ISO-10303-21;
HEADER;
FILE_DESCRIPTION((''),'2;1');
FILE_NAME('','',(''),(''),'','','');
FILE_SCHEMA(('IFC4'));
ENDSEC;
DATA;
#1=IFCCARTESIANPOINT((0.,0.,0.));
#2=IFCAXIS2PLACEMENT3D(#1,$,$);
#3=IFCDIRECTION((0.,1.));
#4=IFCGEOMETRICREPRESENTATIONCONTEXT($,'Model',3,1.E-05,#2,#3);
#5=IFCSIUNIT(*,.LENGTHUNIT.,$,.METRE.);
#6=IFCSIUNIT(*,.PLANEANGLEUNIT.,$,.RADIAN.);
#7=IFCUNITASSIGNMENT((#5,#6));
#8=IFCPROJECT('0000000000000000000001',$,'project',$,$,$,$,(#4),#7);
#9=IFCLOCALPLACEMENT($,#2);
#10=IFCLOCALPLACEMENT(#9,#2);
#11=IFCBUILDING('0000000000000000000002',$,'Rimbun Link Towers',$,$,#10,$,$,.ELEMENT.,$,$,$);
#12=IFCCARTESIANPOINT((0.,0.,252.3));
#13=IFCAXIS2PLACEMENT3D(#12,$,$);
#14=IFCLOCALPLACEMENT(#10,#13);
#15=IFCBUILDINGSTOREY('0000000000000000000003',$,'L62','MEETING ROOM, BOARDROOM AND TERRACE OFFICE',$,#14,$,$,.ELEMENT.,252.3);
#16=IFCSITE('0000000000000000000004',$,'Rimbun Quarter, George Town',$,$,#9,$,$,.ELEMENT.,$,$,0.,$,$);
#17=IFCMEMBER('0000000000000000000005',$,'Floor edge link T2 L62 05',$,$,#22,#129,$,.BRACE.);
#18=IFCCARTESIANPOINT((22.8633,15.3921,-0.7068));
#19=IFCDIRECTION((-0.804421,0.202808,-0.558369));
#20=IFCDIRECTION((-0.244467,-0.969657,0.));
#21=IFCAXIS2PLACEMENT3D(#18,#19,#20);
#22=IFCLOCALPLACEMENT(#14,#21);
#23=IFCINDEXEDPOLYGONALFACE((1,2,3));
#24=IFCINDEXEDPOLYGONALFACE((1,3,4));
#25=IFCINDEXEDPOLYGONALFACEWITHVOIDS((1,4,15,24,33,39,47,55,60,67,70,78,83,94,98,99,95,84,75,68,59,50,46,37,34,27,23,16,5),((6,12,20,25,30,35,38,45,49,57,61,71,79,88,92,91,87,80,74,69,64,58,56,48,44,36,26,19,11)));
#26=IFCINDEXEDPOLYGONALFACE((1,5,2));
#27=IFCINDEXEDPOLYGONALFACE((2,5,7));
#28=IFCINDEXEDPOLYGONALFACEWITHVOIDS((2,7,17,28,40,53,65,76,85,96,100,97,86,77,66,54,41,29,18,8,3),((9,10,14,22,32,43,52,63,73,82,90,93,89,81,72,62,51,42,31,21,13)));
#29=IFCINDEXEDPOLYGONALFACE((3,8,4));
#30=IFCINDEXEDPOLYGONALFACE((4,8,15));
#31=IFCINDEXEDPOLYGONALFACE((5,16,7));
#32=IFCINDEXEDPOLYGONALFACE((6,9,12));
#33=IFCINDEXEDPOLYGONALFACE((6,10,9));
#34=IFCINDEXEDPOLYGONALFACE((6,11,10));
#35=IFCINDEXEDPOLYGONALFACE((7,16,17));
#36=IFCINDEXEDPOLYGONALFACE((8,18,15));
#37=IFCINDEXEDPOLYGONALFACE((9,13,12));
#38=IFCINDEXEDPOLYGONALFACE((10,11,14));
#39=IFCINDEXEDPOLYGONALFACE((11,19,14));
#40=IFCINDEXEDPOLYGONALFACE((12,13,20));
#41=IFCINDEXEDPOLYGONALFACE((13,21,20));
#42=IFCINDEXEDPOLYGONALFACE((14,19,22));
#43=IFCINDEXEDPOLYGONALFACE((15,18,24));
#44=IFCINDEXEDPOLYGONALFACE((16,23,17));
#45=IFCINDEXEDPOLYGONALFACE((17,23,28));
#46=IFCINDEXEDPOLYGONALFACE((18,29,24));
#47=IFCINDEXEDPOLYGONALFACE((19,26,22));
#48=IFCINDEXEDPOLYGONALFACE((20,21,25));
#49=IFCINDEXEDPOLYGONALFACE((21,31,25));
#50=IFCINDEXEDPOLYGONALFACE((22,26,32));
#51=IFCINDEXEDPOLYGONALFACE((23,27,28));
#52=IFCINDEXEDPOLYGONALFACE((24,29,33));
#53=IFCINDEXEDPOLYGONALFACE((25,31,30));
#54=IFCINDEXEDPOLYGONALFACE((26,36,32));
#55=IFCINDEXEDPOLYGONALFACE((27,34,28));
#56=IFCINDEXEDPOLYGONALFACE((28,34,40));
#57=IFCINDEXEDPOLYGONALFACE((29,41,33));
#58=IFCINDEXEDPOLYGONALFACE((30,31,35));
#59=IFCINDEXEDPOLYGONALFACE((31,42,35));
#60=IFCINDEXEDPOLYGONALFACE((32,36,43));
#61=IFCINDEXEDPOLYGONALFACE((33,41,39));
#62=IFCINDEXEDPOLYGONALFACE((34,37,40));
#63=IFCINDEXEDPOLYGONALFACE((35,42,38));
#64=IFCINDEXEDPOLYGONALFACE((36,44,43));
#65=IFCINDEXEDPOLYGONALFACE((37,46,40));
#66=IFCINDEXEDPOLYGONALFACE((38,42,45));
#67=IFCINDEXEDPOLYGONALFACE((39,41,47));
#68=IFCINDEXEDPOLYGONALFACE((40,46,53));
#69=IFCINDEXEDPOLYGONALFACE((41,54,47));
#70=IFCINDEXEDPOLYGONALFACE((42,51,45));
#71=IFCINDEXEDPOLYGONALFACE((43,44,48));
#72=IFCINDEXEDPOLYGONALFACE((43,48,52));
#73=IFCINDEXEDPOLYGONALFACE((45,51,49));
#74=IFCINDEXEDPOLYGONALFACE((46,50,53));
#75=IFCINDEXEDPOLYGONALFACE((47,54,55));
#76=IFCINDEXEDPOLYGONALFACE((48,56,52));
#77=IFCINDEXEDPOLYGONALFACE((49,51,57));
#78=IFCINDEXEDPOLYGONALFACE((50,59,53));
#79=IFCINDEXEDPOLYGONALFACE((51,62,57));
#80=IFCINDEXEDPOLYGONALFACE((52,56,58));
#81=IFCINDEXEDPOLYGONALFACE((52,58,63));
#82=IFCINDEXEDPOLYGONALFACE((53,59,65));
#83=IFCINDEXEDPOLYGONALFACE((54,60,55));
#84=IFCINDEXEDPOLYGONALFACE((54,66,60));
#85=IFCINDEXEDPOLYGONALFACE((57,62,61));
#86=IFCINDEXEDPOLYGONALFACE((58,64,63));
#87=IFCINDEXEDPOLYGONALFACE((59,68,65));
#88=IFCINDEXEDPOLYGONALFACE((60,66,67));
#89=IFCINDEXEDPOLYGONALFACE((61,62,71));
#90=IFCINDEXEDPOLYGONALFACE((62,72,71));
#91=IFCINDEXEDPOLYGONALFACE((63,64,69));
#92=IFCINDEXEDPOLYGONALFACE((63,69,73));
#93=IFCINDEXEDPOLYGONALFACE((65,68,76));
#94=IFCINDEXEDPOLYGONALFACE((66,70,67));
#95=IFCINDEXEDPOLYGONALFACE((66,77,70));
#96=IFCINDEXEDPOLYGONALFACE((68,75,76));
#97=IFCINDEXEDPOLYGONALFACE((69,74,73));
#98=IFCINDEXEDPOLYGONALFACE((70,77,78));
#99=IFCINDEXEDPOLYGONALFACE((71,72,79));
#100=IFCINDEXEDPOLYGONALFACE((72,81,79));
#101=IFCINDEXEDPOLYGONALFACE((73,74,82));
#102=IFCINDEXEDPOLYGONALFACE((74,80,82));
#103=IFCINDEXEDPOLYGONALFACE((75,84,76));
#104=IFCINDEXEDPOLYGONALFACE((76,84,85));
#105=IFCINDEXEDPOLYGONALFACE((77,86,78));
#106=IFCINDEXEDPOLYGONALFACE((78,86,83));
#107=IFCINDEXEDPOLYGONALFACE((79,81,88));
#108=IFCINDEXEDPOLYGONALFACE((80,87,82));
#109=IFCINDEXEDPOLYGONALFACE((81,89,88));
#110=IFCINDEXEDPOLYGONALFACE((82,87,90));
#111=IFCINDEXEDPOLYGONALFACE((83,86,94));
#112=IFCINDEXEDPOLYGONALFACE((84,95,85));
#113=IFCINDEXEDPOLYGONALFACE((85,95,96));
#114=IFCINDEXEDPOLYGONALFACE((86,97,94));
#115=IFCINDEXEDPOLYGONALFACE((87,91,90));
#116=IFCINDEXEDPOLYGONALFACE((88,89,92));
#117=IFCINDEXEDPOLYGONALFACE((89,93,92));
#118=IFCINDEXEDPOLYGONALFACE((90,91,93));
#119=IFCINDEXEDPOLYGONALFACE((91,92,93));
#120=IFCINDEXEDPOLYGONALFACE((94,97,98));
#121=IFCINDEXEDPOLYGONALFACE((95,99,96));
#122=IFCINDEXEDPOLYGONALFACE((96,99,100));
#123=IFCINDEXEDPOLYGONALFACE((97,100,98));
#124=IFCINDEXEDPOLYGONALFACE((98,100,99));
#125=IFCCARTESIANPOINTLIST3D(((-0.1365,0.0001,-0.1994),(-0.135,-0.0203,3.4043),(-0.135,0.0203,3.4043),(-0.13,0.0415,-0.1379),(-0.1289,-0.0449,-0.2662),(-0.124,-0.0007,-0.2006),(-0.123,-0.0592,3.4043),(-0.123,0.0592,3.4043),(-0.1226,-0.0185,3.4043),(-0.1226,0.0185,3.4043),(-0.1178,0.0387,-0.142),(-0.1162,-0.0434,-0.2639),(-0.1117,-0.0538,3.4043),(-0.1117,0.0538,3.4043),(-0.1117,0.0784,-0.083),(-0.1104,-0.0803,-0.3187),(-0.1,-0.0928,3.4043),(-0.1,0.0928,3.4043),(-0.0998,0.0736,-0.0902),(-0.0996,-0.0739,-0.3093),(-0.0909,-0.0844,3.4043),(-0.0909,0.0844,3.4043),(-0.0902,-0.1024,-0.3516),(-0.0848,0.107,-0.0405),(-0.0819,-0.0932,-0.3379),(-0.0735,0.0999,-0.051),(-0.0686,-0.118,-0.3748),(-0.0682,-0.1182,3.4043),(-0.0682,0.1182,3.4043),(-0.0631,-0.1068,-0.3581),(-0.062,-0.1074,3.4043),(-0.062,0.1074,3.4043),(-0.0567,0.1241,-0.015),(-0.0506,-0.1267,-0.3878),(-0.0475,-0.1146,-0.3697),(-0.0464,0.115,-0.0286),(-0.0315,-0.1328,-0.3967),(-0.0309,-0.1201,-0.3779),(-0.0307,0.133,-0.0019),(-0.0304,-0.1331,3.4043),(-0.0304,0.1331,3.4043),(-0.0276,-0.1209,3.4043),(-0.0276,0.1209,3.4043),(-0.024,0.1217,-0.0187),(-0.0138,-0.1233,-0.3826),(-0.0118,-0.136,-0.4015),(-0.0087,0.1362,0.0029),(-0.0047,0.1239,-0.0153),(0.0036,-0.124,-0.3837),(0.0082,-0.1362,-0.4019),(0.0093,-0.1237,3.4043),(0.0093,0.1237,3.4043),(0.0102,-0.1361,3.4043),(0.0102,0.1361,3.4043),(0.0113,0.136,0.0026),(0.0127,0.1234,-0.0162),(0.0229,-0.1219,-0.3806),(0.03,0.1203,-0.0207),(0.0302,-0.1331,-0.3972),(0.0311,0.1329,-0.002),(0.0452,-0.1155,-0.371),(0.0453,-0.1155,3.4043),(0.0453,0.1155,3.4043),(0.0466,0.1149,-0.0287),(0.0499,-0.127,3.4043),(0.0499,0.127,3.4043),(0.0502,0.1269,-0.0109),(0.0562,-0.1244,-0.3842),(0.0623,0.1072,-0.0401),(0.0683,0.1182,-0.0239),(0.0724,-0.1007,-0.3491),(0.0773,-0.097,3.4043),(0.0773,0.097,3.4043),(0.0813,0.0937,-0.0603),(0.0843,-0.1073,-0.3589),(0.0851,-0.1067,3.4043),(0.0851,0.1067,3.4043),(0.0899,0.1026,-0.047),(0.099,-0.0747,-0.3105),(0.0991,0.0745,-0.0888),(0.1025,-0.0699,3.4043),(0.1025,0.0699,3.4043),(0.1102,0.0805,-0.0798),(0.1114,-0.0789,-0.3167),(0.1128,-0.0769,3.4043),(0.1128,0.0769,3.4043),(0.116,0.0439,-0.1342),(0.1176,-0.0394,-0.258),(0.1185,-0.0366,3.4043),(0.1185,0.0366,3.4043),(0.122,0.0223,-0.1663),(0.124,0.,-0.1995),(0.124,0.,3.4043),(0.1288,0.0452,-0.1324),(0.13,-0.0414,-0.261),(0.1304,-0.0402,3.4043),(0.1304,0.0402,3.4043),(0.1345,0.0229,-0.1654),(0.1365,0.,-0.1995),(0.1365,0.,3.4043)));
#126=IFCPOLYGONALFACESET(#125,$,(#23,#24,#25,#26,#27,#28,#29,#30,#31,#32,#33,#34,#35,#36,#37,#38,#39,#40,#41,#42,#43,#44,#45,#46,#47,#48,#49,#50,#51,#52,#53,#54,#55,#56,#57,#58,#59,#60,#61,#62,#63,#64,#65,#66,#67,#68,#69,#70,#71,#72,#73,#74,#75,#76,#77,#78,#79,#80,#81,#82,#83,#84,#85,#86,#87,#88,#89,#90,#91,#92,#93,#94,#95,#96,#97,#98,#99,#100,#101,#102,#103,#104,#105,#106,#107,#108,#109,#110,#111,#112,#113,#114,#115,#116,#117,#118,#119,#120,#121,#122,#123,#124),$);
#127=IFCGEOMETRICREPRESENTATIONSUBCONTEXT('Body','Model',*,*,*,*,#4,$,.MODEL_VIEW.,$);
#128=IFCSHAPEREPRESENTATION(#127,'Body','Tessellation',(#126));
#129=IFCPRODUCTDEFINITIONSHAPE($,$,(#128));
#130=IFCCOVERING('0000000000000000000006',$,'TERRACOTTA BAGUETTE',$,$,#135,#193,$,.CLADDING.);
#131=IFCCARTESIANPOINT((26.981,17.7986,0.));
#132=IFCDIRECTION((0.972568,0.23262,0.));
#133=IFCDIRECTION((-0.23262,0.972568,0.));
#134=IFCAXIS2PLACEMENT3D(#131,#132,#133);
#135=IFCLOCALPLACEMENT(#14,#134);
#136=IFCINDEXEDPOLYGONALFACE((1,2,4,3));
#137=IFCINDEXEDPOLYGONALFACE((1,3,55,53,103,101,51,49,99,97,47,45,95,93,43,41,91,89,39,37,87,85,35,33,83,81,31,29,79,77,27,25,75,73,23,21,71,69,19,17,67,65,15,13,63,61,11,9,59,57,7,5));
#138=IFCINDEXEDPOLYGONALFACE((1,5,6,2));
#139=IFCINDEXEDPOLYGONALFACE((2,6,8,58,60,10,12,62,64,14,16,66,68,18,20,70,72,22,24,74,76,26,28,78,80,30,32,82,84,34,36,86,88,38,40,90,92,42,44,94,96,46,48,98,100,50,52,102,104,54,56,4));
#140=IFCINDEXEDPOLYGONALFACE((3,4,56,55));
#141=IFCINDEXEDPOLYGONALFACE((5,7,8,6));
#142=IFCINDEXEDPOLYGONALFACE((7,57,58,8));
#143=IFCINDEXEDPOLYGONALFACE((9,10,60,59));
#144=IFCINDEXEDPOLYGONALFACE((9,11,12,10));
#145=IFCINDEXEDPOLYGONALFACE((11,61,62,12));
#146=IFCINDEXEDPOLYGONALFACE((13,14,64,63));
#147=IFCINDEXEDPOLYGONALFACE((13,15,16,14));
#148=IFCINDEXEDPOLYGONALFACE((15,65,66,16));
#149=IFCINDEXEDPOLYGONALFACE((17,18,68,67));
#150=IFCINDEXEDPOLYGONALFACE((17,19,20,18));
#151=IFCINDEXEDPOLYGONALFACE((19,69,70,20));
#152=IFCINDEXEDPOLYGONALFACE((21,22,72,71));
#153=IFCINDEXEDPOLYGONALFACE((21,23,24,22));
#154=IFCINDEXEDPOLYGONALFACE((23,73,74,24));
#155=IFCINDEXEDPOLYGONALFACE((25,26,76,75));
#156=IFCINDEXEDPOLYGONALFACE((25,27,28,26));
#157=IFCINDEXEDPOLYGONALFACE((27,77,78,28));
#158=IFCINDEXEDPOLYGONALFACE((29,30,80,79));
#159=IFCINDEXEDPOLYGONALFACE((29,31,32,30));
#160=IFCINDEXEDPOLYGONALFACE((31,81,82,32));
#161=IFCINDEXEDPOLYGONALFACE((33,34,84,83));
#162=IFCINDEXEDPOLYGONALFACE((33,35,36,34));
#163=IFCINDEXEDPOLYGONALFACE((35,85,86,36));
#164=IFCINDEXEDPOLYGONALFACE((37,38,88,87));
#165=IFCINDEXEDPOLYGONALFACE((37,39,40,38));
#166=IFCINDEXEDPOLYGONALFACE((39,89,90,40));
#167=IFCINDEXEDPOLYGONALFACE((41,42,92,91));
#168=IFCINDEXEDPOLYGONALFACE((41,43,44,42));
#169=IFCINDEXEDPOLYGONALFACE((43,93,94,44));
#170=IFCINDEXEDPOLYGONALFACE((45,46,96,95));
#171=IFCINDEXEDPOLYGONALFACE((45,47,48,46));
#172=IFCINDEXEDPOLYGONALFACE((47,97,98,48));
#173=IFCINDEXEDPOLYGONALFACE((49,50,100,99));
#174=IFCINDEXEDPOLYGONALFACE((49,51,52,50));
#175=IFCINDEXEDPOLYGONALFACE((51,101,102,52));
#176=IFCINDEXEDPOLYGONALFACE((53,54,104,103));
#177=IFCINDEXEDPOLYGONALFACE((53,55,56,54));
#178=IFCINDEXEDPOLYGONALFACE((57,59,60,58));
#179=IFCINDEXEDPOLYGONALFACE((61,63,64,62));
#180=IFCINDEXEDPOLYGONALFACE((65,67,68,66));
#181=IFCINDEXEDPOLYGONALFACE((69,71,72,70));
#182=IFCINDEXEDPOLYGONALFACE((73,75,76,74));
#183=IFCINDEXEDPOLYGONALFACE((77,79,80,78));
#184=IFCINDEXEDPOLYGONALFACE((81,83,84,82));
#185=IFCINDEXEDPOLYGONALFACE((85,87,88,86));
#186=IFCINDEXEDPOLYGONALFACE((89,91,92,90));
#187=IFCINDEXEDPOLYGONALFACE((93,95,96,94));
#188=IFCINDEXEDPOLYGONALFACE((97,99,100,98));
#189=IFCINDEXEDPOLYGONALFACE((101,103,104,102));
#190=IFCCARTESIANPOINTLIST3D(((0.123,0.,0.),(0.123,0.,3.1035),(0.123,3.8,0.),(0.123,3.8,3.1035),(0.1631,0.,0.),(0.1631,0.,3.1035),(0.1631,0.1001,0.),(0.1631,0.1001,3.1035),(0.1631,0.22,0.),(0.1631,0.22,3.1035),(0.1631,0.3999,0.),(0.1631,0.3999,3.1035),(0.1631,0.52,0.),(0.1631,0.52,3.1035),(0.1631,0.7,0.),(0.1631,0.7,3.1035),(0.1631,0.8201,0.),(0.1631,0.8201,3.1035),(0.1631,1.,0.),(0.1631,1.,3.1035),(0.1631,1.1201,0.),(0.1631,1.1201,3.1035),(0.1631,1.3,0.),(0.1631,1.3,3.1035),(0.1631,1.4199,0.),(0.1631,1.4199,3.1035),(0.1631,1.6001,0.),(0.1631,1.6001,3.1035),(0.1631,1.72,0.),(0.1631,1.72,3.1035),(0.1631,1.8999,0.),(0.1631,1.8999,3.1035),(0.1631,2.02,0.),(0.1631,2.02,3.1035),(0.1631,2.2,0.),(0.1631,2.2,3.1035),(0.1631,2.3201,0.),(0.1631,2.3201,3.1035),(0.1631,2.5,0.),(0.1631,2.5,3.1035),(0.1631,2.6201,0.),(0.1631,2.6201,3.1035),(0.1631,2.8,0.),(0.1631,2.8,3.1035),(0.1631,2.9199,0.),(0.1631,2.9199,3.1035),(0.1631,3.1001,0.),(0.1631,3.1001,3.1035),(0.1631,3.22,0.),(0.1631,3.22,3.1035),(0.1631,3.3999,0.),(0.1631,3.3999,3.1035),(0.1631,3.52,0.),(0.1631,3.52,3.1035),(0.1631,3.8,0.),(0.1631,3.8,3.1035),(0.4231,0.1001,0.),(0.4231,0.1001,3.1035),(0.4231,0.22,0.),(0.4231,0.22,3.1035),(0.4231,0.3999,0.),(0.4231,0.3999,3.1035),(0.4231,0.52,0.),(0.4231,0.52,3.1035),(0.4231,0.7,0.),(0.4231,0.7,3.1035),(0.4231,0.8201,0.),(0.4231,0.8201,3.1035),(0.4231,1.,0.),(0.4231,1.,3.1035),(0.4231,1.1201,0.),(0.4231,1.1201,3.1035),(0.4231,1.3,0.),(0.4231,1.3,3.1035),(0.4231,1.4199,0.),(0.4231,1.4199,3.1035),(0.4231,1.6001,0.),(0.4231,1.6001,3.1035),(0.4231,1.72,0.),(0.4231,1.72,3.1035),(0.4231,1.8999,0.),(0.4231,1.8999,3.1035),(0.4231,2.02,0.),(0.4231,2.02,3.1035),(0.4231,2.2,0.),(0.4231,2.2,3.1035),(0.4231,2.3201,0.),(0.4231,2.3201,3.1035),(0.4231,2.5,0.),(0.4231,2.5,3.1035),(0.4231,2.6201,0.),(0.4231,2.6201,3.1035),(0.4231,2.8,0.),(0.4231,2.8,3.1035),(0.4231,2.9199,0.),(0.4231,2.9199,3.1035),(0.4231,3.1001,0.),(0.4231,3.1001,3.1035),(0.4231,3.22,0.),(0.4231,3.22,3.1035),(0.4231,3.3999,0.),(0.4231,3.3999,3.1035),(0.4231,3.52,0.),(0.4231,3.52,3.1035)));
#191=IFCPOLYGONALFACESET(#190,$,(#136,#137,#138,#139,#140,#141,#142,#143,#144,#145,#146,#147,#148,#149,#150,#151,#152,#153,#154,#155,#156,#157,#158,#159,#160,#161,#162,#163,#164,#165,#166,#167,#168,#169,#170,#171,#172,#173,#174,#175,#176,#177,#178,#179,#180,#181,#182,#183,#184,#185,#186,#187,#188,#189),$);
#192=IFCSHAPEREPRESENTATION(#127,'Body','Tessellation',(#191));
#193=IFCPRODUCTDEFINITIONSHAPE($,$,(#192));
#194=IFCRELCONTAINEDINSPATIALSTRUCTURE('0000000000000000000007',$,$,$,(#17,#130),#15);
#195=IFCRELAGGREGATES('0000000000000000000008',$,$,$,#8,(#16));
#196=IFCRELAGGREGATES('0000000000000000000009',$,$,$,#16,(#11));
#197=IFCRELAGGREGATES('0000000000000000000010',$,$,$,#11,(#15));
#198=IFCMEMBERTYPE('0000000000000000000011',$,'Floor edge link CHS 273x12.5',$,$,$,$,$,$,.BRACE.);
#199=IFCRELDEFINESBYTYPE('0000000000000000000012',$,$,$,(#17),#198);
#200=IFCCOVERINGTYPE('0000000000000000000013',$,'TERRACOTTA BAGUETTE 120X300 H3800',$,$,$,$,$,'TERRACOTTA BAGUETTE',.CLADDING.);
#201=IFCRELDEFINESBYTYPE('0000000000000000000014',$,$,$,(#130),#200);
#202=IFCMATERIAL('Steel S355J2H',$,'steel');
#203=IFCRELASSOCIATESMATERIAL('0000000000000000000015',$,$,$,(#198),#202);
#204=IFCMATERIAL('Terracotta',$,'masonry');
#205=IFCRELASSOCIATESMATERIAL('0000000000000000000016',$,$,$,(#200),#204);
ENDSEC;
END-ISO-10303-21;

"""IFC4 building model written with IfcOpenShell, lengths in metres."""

from ifc_helpers import new_model, si_unit, direction, frame, origin, origin_2d, place, context, subcontext, project, spatial, polyline, hollow_circle, outline, extrude, clip, halfspace, material, material_profile, profile_set, type_object, element, save


model = new_model("IFC4")

# Units and contexts
model_context = context("Model", 3, precision=1e-05, world=origin(), true_north=direction((0.0, 1.0)))
body_context = subcontext(model_context, "Body", "Model", "MODEL_VIEW")
ifc_project = project(units=[si_unit("LENGTHUNIT", "METRE"), si_unit("PLANEANGLEUNIT", "RADIAN")], contexts=[model_context])

# Site, building, storey
site_placement = place(None, origin())
site = spatial("IfcSite", under=ifc_project, at=site_placement, Name="Rimbun Quarter, George Town", CompositionType="ELEMENT", RefElevation=0.0)
building_placement = place(site_placement, origin())
building = spatial("IfcBuilding", under=site, at=building_placement, Name="Rimbun Link Towers", CompositionType="ELEMENT")
storey_placement = place(building_placement, frame((0.0, 0.0, 252.3)))
storey = spatial("IfcBuildingStorey", under=building, at=storey_placement, Name="L62", Description="MEETING ROOM, BOARDROOM AND TERRACE OFFICE", CompositionType="ELEMENT", Elevation=252.3)

# Member
ifc_material_1 = material(Name="Steel S355J2H", Category="steel")
ifc_material_profile_1 = material_profile(ifc_material_1, hollow_circle(Radius=0.1365, WallThickness=0.0125, at=origin_2d()), Name="CHS 273x12.5")
ifc_profile_set_1 = profile_set([ifc_material_profile_1], Name="Steel S355J2H")
member_type_1 = type_object("IfcMemberType", Name="Floor edge link CHS 273x12.5", PredefinedType="BRACE", material=ifc_profile_set_1)
member_1_placement = place(storey_placement, frame((22.8633, 15.3921, -0.7068), z_axis=(-0.804421, 0.202808, -0.558369), x_axis=(-0.244467, -0.969657, 0.0)))
element("IfcMember", 1, at=member_1_placement, inside=storey, type_object=member_type_1, Name="Floor edge link T2 L62 05", PredefinedType="BRACE", context=body_context, shape_type="Clipping", body=[
    clip(extrude(hollow_circle(Radius=0.1365, WallThickness=0.0125, at=origin_2d()), frame((0.0, 0.0, -0.4236)), (0.0, 0.0, 1.0), 3.8279), halfspace(frame((0.0, 0.0, -0.1995), z_axis=(0.0, 0.829593, -0.558369)), False)),
])

# Covering
ifc_material_2 = material(Name="Terracotta", Category="masonry")
ifc_material_profile_2 = material_profile(ifc_material_2, outline(polyline([(0.123, 0.0), (0.1631, 0.0), (0.1631, 0.1001), (0.4231, 0.1001), (0.4231, 0.22), (0.1631, 0.22), (0.1631, 0.3999), (0.4231, 0.3999), (0.4231, 0.52), (0.1631, 0.52), (0.1631, 0.7), (0.4231, 0.7), (0.4231, 0.8201), (0.1631, 0.8201), (0.1631, 1.0), (0.4231, 1.0), (0.4231, 1.1201), (0.1631, 1.1201), (0.1631, 1.3), (0.4231, 1.3), (0.4231, 1.4199), (0.1631, 1.4199), (0.1631, 1.6001), (0.4231, 1.6001), (0.4231, 1.72), (0.1631, 1.72), (0.1631, 1.8999), (0.4231, 1.8999), (0.4231, 2.02), (0.1631, 2.02), (0.1631, 2.2), (0.4231, 2.2), (0.4231, 2.3201), (0.1631, 2.3201), (0.1631, 2.5), (0.4231, 2.5), (0.4231, 2.6201), (0.1631, 2.6201), (0.1631, 2.8), (0.4231, 2.8), (0.4231, 2.9199), (0.1631, 2.9199), (0.1631, 3.1001), (0.4231, 3.1001), (0.4231, 3.22), (0.1631, 3.22), (0.1631, 3.3999), (0.4231, 3.3999), (0.4231, 3.52), (0.1631, 3.52), (0.1631, 3.8), (0.123, 3.8), (0.123, 0.0)])), Name="BAGUETTE 120X300")
ifc_profile_set_2 = profile_set([ifc_material_profile_2], Name="Terracotta")
covering_type = type_object("IfcCoveringType", Name="TERRACOTTA BAGUETTE 120X300 H3800", ElementType="TERRACOTTA BAGUETTE", PredefinedType="CLADDING", material=ifc_profile_set_2)
covering_1_placement = place(storey_placement, frame((26.981, 17.7986, 0.0), z_axis=(0.972568, 0.23262, 0.0), x_axis=(-0.23262, 0.972568, 0.0)))
element("IfcCovering", 2, at=covering_1_placement, inside=storey, type_object=covering_type, Name="TERRACOTTA BAGUETTE", PredefinedType="CLADDING", context=body_context, shape_type="SweptSolid", body=[
    extrude(outline(polyline([(0.123, 0.0), (0.1631, 0.0), (0.1631, 0.1001), (0.4231, 0.1001), (0.4231, 0.22), (0.1631, 0.22), (0.1631, 0.3999), (0.4231, 0.3999), (0.4231, 0.52), (0.1631, 0.52), (0.1631, 0.7), (0.4231, 0.7), (0.4231, 0.8201), (0.1631, 0.8201), (0.1631, 1.0), (0.4231, 1.0), (0.4231, 1.1201), (0.1631, 1.1201), (0.1631, 1.3), (0.4231, 1.3), (0.4231, 1.4199), (0.1631, 1.4199), (0.1631, 1.6001), (0.4231, 1.6001), (0.4231, 1.72), (0.1631, 1.72), (0.1631, 1.8999), (0.4231, 1.8999), (0.4231, 2.02), (0.1631, 2.02), (0.1631, 2.2), (0.4231, 2.2), (0.4231, 2.3201), (0.1631, 2.3201), (0.1631, 2.5), (0.4231, 2.5), (0.4231, 2.6201), (0.1631, 2.6201), (0.1631, 2.8), (0.4231, 2.8), (0.4231, 2.9199), (0.1631, 2.9199), (0.1631, 3.1001), (0.4231, 3.1001), (0.4231, 3.22), (0.1631, 3.22), (0.1631, 3.3999), (0.4231, 3.3999), (0.4231, 3.52), (0.1631, 3.52), (0.1631, 3.8), (0.123, 3.8), (0.123, 0.0)])), origin(), (0.0, 0.0, 1.0), 3.1035),
])

save(model, "model.ifc")
